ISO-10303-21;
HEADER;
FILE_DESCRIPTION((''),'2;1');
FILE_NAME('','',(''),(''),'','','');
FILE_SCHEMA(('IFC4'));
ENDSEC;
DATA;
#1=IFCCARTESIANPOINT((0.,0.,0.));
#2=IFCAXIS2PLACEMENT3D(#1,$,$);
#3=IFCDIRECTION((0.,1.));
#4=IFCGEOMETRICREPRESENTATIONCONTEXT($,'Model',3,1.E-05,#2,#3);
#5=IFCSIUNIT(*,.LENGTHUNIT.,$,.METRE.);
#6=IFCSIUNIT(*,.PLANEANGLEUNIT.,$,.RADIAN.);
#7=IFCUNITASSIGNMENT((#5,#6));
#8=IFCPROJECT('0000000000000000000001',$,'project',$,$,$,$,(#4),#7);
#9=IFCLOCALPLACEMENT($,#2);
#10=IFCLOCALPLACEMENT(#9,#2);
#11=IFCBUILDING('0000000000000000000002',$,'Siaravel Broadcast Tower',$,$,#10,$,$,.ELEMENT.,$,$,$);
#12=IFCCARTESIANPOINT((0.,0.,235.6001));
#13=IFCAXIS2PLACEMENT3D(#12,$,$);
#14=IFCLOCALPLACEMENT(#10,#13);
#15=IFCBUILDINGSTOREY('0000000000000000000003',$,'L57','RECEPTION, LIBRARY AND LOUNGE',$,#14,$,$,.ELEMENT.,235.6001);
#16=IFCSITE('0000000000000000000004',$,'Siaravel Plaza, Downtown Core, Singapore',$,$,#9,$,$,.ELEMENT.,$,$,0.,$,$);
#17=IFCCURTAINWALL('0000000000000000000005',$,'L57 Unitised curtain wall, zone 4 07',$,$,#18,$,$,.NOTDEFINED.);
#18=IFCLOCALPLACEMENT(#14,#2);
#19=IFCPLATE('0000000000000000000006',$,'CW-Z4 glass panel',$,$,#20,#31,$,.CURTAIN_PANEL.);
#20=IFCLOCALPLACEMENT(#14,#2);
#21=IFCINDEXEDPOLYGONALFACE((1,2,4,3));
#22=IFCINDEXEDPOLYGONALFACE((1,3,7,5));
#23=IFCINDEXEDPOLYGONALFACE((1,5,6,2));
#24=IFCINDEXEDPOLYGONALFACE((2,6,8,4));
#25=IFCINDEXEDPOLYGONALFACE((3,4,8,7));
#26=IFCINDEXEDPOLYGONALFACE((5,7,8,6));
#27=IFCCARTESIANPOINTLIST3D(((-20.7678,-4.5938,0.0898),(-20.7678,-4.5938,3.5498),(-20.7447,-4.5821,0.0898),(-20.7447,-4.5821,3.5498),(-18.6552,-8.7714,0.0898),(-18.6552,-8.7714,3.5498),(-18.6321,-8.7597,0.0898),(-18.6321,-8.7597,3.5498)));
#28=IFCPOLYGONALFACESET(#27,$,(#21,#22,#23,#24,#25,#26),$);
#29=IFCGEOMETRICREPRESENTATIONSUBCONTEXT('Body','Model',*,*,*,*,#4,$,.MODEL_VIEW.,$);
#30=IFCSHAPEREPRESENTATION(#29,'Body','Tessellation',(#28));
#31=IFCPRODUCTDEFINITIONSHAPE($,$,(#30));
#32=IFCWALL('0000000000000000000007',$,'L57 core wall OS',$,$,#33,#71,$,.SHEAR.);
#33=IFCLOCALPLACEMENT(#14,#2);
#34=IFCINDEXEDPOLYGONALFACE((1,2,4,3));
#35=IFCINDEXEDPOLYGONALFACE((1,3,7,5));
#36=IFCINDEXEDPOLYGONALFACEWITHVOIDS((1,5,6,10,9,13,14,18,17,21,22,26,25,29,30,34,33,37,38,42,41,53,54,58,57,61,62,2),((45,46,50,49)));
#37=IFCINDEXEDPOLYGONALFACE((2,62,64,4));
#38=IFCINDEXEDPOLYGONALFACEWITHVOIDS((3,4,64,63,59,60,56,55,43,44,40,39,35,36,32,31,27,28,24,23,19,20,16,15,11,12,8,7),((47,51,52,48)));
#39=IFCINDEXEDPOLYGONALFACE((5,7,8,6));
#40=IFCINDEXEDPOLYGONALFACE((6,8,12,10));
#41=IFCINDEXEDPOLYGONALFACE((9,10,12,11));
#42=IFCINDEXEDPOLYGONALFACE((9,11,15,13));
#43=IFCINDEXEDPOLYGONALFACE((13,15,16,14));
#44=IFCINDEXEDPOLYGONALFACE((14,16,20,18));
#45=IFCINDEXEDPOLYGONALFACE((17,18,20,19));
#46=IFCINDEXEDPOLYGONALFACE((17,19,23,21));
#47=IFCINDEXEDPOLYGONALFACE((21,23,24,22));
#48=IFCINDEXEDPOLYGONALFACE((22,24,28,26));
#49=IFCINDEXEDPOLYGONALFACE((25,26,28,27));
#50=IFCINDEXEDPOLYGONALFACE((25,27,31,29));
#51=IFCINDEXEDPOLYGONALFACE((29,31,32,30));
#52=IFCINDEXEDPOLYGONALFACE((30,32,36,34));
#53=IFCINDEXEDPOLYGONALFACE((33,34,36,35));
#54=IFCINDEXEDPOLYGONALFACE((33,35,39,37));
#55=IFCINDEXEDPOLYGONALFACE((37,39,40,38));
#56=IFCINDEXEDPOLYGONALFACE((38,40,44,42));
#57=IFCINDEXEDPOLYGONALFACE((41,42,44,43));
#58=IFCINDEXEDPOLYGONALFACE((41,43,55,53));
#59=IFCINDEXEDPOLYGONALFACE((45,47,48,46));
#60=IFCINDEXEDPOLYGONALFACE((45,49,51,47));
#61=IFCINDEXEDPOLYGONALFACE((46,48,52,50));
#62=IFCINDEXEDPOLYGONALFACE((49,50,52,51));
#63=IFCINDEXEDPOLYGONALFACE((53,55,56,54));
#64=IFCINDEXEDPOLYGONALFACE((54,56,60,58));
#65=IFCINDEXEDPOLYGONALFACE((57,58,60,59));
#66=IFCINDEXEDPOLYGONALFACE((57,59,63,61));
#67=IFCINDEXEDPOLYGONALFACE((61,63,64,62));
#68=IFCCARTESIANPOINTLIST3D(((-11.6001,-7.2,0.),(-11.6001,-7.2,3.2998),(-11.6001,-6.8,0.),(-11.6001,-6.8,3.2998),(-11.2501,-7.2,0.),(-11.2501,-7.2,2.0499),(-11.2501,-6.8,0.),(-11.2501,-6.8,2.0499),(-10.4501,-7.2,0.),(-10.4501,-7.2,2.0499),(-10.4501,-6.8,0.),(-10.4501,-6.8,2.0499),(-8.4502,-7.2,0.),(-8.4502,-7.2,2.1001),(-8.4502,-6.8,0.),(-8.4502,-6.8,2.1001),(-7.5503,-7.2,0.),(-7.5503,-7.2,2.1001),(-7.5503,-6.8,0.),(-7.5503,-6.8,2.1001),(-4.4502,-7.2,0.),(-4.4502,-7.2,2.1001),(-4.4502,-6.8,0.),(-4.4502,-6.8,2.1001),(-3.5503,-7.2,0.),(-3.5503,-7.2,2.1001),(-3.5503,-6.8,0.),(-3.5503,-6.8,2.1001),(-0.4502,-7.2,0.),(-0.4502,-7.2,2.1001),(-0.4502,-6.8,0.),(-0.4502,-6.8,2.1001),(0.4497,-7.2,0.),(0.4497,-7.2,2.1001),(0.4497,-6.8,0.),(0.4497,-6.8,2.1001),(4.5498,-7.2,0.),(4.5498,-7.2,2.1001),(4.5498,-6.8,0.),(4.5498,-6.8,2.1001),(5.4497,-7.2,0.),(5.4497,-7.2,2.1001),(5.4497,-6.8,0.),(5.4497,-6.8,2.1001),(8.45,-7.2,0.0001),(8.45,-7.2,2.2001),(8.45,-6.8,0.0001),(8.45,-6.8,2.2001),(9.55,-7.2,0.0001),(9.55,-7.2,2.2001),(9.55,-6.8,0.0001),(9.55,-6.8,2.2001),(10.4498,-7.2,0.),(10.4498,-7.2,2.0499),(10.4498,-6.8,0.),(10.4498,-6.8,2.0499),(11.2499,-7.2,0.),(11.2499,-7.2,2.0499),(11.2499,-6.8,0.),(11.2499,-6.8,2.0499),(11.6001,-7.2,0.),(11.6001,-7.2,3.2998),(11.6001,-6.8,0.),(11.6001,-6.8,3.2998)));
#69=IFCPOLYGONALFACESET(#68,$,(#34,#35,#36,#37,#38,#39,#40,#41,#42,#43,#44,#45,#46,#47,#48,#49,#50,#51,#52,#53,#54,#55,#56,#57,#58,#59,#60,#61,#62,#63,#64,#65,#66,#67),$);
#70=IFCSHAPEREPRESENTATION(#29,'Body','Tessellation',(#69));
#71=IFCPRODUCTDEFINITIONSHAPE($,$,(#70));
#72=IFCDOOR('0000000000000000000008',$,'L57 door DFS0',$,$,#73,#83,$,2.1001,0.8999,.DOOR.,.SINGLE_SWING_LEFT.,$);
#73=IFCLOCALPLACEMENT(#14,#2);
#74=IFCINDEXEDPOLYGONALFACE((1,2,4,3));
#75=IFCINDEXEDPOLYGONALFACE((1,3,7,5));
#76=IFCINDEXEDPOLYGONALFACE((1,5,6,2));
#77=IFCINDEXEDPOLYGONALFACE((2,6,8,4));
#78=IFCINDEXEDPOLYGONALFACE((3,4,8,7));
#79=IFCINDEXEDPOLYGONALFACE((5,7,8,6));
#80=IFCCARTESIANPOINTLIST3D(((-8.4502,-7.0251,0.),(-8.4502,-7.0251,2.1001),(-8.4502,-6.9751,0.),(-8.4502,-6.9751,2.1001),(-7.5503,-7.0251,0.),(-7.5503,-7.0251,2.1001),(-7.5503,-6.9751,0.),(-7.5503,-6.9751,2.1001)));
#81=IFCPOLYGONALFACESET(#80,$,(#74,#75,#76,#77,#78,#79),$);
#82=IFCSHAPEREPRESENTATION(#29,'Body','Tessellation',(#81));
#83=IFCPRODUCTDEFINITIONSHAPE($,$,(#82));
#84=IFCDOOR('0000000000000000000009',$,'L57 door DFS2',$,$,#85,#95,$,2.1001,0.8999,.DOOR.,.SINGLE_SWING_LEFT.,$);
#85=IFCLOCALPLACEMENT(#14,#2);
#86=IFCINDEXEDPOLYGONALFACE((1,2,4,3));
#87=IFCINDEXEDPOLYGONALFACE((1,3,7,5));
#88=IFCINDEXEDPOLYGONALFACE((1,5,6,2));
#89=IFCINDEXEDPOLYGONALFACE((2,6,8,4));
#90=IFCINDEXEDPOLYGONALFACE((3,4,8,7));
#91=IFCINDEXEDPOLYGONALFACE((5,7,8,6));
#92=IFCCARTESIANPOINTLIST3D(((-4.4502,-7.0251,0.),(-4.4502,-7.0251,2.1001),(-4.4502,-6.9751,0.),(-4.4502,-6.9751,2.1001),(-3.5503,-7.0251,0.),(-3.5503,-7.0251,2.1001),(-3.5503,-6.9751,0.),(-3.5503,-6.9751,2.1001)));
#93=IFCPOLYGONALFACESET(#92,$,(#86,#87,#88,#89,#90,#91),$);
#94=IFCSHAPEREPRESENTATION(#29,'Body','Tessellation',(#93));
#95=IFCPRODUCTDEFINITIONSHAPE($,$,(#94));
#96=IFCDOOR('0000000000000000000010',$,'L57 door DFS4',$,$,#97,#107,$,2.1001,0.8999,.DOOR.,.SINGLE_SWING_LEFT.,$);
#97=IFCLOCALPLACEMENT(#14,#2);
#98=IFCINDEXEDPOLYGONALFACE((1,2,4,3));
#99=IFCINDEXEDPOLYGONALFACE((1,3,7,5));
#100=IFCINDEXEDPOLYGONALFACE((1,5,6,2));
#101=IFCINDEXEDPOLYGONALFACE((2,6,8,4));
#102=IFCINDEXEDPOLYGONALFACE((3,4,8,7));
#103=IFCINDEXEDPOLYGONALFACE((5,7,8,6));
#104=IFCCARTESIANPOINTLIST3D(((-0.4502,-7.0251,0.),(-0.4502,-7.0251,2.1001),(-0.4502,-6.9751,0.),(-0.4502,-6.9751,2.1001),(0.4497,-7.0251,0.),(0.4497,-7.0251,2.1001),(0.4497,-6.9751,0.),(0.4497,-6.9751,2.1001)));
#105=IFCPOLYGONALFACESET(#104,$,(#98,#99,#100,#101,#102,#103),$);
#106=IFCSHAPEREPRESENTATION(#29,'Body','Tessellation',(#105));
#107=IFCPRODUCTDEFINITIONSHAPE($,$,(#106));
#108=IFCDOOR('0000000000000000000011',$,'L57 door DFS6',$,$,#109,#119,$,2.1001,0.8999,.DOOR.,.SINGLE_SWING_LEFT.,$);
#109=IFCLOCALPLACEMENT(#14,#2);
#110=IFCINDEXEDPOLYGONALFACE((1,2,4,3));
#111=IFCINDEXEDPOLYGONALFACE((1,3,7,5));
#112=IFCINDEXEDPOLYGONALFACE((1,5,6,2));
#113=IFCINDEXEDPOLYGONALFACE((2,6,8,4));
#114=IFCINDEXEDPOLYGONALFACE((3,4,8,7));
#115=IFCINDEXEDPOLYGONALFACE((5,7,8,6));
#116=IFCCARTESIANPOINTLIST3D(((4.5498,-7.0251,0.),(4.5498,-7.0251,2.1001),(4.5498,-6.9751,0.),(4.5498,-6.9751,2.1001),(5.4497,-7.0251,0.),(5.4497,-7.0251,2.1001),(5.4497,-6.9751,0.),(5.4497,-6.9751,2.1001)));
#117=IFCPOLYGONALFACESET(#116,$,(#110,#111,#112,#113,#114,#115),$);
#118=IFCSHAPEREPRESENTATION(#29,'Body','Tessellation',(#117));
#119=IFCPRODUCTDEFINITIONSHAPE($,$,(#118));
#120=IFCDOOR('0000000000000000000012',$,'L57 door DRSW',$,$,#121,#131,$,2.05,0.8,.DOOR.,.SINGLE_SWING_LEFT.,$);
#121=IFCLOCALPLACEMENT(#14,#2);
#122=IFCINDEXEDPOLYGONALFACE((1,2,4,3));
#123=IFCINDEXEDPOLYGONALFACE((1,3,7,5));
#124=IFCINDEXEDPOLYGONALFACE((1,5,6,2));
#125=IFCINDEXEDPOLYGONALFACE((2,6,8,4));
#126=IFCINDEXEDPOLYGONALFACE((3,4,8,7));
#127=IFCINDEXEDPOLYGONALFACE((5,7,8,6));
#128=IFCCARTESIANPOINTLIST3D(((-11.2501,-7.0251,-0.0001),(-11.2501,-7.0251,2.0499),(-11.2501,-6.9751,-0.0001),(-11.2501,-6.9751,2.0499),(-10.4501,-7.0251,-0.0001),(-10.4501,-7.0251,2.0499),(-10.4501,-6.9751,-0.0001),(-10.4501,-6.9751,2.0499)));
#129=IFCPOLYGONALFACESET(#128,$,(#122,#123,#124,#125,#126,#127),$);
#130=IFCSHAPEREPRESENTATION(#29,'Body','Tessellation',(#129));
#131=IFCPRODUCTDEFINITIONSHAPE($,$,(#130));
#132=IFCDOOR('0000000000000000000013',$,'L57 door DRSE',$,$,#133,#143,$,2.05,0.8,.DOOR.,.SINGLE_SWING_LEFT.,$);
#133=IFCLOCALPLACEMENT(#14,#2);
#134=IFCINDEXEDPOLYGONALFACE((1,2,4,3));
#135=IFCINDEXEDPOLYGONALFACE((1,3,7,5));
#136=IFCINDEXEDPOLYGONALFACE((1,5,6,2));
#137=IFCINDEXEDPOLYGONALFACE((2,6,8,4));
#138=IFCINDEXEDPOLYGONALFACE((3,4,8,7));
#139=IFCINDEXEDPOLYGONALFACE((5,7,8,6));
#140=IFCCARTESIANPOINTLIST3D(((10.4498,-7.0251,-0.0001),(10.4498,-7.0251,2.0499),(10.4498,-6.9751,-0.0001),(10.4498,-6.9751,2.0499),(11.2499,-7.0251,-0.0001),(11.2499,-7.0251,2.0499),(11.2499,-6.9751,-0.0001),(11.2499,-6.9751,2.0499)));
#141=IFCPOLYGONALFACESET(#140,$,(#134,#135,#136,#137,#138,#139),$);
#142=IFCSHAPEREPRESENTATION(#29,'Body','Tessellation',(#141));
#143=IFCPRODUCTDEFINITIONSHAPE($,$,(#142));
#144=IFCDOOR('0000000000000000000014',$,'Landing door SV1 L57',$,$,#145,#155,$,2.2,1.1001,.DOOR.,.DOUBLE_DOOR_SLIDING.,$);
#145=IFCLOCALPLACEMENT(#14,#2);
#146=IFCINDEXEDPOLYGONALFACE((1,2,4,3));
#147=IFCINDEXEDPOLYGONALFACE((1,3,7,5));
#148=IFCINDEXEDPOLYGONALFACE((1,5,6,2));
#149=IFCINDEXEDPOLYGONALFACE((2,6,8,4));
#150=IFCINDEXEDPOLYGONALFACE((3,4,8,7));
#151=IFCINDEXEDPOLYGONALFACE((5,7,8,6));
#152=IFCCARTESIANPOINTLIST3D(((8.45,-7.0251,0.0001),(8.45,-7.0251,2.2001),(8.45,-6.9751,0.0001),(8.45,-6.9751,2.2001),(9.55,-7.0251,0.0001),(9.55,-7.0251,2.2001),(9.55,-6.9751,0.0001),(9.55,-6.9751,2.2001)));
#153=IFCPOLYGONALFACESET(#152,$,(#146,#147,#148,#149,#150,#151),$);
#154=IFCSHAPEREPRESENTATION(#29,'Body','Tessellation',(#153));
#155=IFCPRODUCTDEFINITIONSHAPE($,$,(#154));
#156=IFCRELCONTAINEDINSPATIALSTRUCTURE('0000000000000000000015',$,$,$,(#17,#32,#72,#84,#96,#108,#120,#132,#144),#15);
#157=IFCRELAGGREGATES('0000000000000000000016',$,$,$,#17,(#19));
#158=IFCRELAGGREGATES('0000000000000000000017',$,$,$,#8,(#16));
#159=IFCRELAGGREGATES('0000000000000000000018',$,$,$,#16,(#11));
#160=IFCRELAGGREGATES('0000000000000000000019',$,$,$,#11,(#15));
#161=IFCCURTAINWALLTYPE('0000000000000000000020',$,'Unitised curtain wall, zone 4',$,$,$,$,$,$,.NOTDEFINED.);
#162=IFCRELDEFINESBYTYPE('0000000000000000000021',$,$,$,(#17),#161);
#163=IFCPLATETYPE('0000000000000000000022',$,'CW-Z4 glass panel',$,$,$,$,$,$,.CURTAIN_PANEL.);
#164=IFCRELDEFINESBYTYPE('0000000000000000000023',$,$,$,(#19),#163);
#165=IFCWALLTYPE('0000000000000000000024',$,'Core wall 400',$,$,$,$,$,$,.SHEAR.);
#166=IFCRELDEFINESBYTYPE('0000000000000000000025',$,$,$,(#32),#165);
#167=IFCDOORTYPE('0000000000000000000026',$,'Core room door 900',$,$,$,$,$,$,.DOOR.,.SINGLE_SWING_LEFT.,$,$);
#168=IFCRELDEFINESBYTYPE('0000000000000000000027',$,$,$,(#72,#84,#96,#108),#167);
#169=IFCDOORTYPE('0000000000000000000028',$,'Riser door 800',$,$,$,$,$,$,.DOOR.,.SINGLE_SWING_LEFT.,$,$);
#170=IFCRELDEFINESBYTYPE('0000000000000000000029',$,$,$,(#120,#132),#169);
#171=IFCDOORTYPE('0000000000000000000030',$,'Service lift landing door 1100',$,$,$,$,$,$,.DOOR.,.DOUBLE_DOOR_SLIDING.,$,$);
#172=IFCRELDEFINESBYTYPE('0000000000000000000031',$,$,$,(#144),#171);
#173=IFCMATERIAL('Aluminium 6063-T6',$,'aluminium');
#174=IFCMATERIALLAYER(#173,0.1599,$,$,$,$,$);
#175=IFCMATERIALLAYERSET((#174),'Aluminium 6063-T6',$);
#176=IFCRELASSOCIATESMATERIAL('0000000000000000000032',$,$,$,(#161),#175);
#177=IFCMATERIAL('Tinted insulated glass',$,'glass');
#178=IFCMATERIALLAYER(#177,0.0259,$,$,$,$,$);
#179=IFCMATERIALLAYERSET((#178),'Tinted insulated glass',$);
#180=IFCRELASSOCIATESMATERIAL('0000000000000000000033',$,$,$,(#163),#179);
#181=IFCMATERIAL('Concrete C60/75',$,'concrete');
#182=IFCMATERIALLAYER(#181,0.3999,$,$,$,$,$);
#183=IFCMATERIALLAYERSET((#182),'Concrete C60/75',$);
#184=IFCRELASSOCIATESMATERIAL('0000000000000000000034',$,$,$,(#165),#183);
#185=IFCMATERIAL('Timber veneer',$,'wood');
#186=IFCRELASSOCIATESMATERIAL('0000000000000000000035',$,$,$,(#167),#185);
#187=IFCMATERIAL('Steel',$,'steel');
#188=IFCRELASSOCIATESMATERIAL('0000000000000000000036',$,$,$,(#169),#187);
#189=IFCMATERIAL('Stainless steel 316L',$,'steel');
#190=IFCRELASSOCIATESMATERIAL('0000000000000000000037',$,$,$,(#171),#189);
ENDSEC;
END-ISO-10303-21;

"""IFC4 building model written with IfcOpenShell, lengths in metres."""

from ifc_helpers import new_model, si_unit, direction, frame, frame_2d, origin, origin_2d, place, context, subcontext, project, spatial, rectangle, extrude, material, layer, layer_set, type_object, element, fill, aggregate, save


model = new_model("IFC4")

# Units and contexts
model_context = context("Model", 3, precision=1e-05, world=origin(), true_north=direction((0.0, 1.0)))
body_context = subcontext(model_context, "Body", "Model", "MODEL_VIEW")
ifc_project = project(units=[si_unit("LENGTHUNIT", "METRE"), si_unit("PLANEANGLEUNIT", "RADIAN")], contexts=[model_context])

# Site, building, storey
site_placement = place(None, origin())
site = spatial("IfcSite", under=ifc_project, at=site_placement, Name="Siaravel Plaza, Downtown Core, Singapore", CompositionType="ELEMENT", RefElevation=0.0)
building_placement = place(site_placement, origin())
building = spatial("IfcBuilding", under=site, at=building_placement, Name="Siaravel Broadcast Tower", CompositionType="ELEMENT")
storey_placement = place(building_placement, frame((0.0, 0.0, 235.6001)))
storey = spatial("IfcBuildingStorey", under=building, at=storey_placement, Name="L57", Description="RECEPTION, LIBRARY AND LOUNGE", CompositionType="ELEMENT", Elevation=235.6001)

# Curtain wall, plate
ifc_material_1 = material(Name="Aluminium 6063-T6", Category="aluminium")
ifc_layer_1 = layer(ifc_material_1, 0.1599)
ifc_layer_set_1 = layer_set([ifc_layer_1], Name="Aluminium 6063-T6")
curtain_wall_type = type_object("IfcCurtainWallType", Name="Unitised curtain wall, zone 4", PredefinedType="NOTDEFINED", material=ifc_layer_set_1)
curtain_wall_placement = place(storey_placement, origin())
curtain_wall = element("IfcCurtainWall", 1, at=curtain_wall_placement, inside=storey, type_object=curtain_wall_type, Name="L57 Unitised curtain wall, zone 4 07", PredefinedType="NOTDEFINED")
ifc_material_2 = material(Name="Tinted insulated glass", Category="glass")
ifc_layer_2 = layer(ifc_material_2, 0.0259)
ifc_layer_set_2 = layer_set([ifc_layer_2], Name="Tinted insulated glass")
plate_type = type_object("IfcPlateType", Name="CW-Z4 glass panel", PredefinedType="CURTAIN_PANEL", material=ifc_layer_set_2)
plate_1_placement = place(storey_placement, frame((-19.7, -6.6768, 0.0898), z_axis=(0.0, 0.0, 1.0), x_axis=(0.451259, -0.892393, 0.0)))
plate_1 = element("IfcPlate", 2, at=plate_1_placement, type_object=plate_type, Name="CW-Z4 glass panel", PredefinedType="CURTAIN_PANEL", context=body_context, shape_type="SweptSolid", body=[
    extrude(rectangle(XDim=4.6814, YDim=0.0259, at=origin_2d()), origin(), (0.0, 0.0, 1.0), 3.46),
])
aggregate(curtain_wall, [plate_1])

# Wall, openings, doors
ifc_material_3 = material(Name="Concrete C60/75", Category="concrete")
ifc_layer_3 = layer(ifc_material_3, 0.3999)
ifc_layer_set_3 = layer_set([ifc_layer_3], Name="Concrete C60/75")
wall_type_1 = type_object("IfcWallType", Name="Core wall 400", PredefinedType="SHEAR", material=ifc_layer_set_3)
wall_1_placement = place(storey_placement, frame((-11.6001, -7.0, 0.0), z_axis=(0.0, 0.0, 1.0), x_axis=(1.0, 0.0, 0.0)))
wall_1 = element("IfcWall", 3, at=wall_1_placement, inside=storey, type_object=wall_type_1, Name="L57 core wall OS", PredefinedType="SHEAR", context=body_context, shape_type="SweptSolid", body=[
    extrude(rectangle(XDim=23.2002, YDim=0.3999, at=frame_2d((11.6001, 0.0))), origin(), (0.0, 0.0, 1.0), 3.2998),
])
opening_1_placement = place(wall_1_placement, frame((20.05, 0.0, 0.0)))
opening_1 = element("IfcOpeningElement", 4, at=opening_1_placement, cuts=wall_1, PredefinedType="OPENING", context=body_context, shape_type="SweptSolid", body=[
    extrude(rectangle(XDim=1.1001, YDim=2.2, at=frame_2d((0.55, 1.1001))), frame((0.0, 0.21, 0.0), z_axis=(0.0, -1.0, 0.0), x_axis=(1.0, 0.0, 0.0)), (0.0, 0.0, 1.0), 0.4199),
])
opening_2_placement = place(wall_1_placement, frame((3.1499, 0.0, 0.0)))
opening_2 = element("IfcOpeningElement", 5, at=opening_2_placement, cuts=wall_1, PredefinedType="OPENING", context=body_context, shape_type="SweptSolid", body=[
    extrude(rectangle(XDim=0.8999, YDim=2.1001, at=frame_2d((0.45, 1.05))), frame((0.0, 0.21, 0.0), z_axis=(0.0, -1.0, 0.0), x_axis=(1.0, 0.0, 0.0)), (0.0, 0.0, 1.0), 0.4199),
])
opening_3_placement = place(wall_1_placement, frame((7.1499, 0.0, 0.0)))
opening_3 = element("IfcOpeningElement", 6, at=opening_3_placement, cuts=wall_1, PredefinedType="OPENING", context=body_context, shape_type="SweptSolid", body=[
    extrude(rectangle(XDim=0.8999, YDim=2.1001, at=frame_2d((0.45, 1.05))), frame((0.0, 0.21, 0.0), z_axis=(0.0, -1.0, 0.0), x_axis=(1.0, 0.0, 0.0)), (0.0, 0.0, 1.0), 0.4199),
])
opening_4_placement = place(wall_1_placement, frame((11.1499, 0.0, 0.0)))
opening_4 = element("IfcOpeningElement", 7, at=opening_4_placement, cuts=wall_1, PredefinedType="OPENING", context=body_context, shape_type="SweptSolid", body=[
    extrude(rectangle(XDim=0.8999, YDim=2.1001, at=frame_2d((0.45, 1.05))), frame((0.0, 0.21, 0.0), z_axis=(0.0, -1.0, 0.0), x_axis=(1.0, 0.0, 0.0)), (0.0, 0.0, 1.0), 0.4199),
])
opening_5_placement = place(wall_1_placement, frame((16.1499, 0.0, 0.0)))
opening_5 = element("IfcOpeningElement", 8, at=opening_5_placement, cuts=wall_1, PredefinedType="OPENING", context=body_context, shape_type="SweptSolid", body=[
    extrude(rectangle(XDim=0.8999, YDim=2.1001, at=frame_2d((0.45, 1.05))), frame((0.0, 0.21, 0.0), z_axis=(0.0, -1.0, 0.0), x_axis=(1.0, 0.0, 0.0)), (0.0, 0.0, 1.0), 0.4199),
])
opening_6_placement = place(wall_1_placement, frame((0.3501, 0.0, 0.0)))
opening_6 = element("IfcOpeningElement", 9, at=opening_6_placement, cuts=wall_1, PredefinedType="OPENING", context=body_context, shape_type="SweptSolid", body=[
    extrude(rectangle(XDim=0.8, YDim=2.05, at=frame_2d((0.3999, 1.0249))), frame((0.0, 0.21, 0.0), z_axis=(0.0, -1.0, 0.0), x_axis=(1.0, 0.0, 0.0)), (0.0, 0.0, 1.0), 0.4199),
])
opening_7_placement = place(wall_1_placement, frame((22.05, 0.0, 0.0)))
opening_7 = element("IfcOpeningElement", 10, at=opening_7_placement, cuts=wall_1, PredefinedType="OPENING", context=body_context, shape_type="SweptSolid", body=[
    extrude(rectangle(XDim=0.8, YDim=2.05, at=frame_2d((0.3999, 1.0249))), frame((0.0, 0.21, 0.0), z_axis=(0.0, -1.0, 0.0), x_axis=(1.0, 0.0, 0.0)), (0.0, 0.0, 1.0), 0.4199),
])
ifc_material_4 = material(Name="Timber veneer", Category="wood")
door_type_1 = type_object("IfcDoorType", Name="Core room door 900", OperationType="SINGLE_SWING_LEFT", PredefinedType="DOOR", material=ifc_material_4)
door_1_placement = place(opening_2_placement, origin())
door_1 = element("IfcDoor", 11, at=door_1_placement, inside=storey, type_object=door_type_1, Name="L57 door DFS0", OperationType="SINGLE_SWING_LEFT", OverallHeight=2.1001, OverallWidth=0.8999, PredefinedType="DOOR", context=body_context, shape_type="SweptSolid", body=[
    extrude(rectangle(XDim=0.8999, YDim=2.1001, at=frame_2d((0.45, 1.05))), frame((0.0, 0.0249, 0.0), z_axis=(0.0, -1.0, 0.0), x_axis=(1.0, 0.0, 0.0)), (0.0, 0.0, 1.0), 0.05),
])
fill(opening_2, door_1)
door_2_placement = place(opening_3_placement, origin())
door_2 = element("IfcDoor", 12, at=door_2_placement, inside=storey, type_object=door_type_1, Name="L57 door DFS2", OperationType="SINGLE_SWING_LEFT", OverallHeight=2.1001, OverallWidth=0.8999, PredefinedType="DOOR", context=body_context, shape_type="SweptSolid", body=[
    extrude(rectangle(XDim=0.8999, YDim=2.1001, at=frame_2d((0.45, 1.05))), frame((0.0, 0.0249, 0.0), z_axis=(0.0, -1.0, 0.0), x_axis=(1.0, 0.0, 0.0)), (0.0, 0.0, 1.0), 0.05),
])
fill(opening_3, door_2)
door_3_placement = place(opening_4_placement, origin())
door_3 = element("IfcDoor", 13, at=door_3_placement, inside=storey, type_object=door_type_1, Name="L57 door DFS4", OperationType="SINGLE_SWING_LEFT", OverallHeight=2.1001, OverallWidth=0.8999, PredefinedType="DOOR", context=body_context, shape_type="SweptSolid", body=[
    extrude(rectangle(XDim=0.8999, YDim=2.1001, at=frame_2d((0.45, 1.05))), frame((0.0, 0.0249, 0.0), z_axis=(0.0, -1.0, 0.0), x_axis=(1.0, 0.0, 0.0)), (0.0, 0.0, 1.0), 0.05),
])
fill(opening_4, door_3)
door_4_placement = place(opening_5_placement, origin())
door_4 = element("IfcDoor", 14, at=door_4_placement, inside=storey, type_object=door_type_1, Name="L57 door DFS6", OperationType="SINGLE_SWING_LEFT", OverallHeight=2.1001, OverallWidth=0.8999, PredefinedType="DOOR", context=body_context, shape_type="SweptSolid", body=[
    extrude(rectangle(XDim=0.8999, YDim=2.1001, at=frame_2d((0.45, 1.05))), frame((0.0, 0.0249, 0.0), z_axis=(0.0, -1.0, 0.0), x_axis=(1.0, 0.0, 0.0)), (0.0, 0.0, 1.0), 0.05),
])
fill(opening_5, door_4)
ifc_material_5 = material(Name="Steel", Category="steel")
door_type_2 = type_object("IfcDoorType", Name="Riser door 800", OperationType="SINGLE_SWING_LEFT", PredefinedType="DOOR", material=ifc_material_5)
door_5_placement = place(opening_6_placement, origin())
door_5 = element("IfcDoor", 15, at=door_5_placement, inside=storey, type_object=door_type_2, Name="L57 door DRSW", OperationType="SINGLE_SWING_LEFT", OverallHeight=2.05, OverallWidth=0.8, PredefinedType="DOOR", context=body_context, shape_type="SweptSolid", body=[
    extrude(rectangle(XDim=0.8, YDim=2.05, at=frame_2d((0.3999, 1.0249))), frame((0.0, 0.0249, 0.0), z_axis=(0.0, -1.0, 0.0), x_axis=(1.0, 0.0, 0.0)), (0.0, 0.0, 1.0), 0.05),
])
fill(opening_6, door_5)
door_6_placement = place(opening_7_placement, origin())
door_6 = element("IfcDoor", 16, at=door_6_placement, inside=storey, type_object=door_type_2, Name="L57 door DRSE", OperationType="SINGLE_SWING_LEFT", OverallHeight=2.05, OverallWidth=0.8, PredefinedType="DOOR", context=body_context, shape_type="SweptSolid", body=[
    extrude(rectangle(XDim=0.8, YDim=2.05, at=frame_2d((0.3999, 1.0249))), frame((0.0, 0.0249, 0.0), z_axis=(0.0, -1.0, 0.0), x_axis=(1.0, 0.0, 0.0)), (0.0, 0.0, 1.0), 0.05),
])
fill(opening_7, door_6)
ifc_material_6 = material(Name="Stainless steel 316L", Category="steel")
door_type_3 = type_object("IfcDoorType", Name="Service lift landing door 1100", OperationType="DOUBLE_DOOR_SLIDING", PredefinedType="DOOR", material=ifc_material_6)
door_7_placement = place(opening_1_placement, origin())
door_7 = element("IfcDoor", 17, at=door_7_placement, inside=storey, type_object=door_type_3, Name="Landing door SV1 L57", OperationType="DOUBLE_DOOR_SLIDING", OverallHeight=2.2, OverallWidth=1.1001, PredefinedType="DOOR", context=body_context, shape_type="SweptSolid", body=[
    extrude(rectangle(XDim=1.1001, YDim=2.2, at=frame_2d((0.55, 1.1001))), frame((0.0, 0.0249, 0.0), z_axis=(0.0, -1.0, 0.0), x_axis=(1.0, 0.0, 0.0)), (0.0, 0.0, 1.0), 0.05),
])
fill(opening_1, door_7)

save(model, "model.ifc")
